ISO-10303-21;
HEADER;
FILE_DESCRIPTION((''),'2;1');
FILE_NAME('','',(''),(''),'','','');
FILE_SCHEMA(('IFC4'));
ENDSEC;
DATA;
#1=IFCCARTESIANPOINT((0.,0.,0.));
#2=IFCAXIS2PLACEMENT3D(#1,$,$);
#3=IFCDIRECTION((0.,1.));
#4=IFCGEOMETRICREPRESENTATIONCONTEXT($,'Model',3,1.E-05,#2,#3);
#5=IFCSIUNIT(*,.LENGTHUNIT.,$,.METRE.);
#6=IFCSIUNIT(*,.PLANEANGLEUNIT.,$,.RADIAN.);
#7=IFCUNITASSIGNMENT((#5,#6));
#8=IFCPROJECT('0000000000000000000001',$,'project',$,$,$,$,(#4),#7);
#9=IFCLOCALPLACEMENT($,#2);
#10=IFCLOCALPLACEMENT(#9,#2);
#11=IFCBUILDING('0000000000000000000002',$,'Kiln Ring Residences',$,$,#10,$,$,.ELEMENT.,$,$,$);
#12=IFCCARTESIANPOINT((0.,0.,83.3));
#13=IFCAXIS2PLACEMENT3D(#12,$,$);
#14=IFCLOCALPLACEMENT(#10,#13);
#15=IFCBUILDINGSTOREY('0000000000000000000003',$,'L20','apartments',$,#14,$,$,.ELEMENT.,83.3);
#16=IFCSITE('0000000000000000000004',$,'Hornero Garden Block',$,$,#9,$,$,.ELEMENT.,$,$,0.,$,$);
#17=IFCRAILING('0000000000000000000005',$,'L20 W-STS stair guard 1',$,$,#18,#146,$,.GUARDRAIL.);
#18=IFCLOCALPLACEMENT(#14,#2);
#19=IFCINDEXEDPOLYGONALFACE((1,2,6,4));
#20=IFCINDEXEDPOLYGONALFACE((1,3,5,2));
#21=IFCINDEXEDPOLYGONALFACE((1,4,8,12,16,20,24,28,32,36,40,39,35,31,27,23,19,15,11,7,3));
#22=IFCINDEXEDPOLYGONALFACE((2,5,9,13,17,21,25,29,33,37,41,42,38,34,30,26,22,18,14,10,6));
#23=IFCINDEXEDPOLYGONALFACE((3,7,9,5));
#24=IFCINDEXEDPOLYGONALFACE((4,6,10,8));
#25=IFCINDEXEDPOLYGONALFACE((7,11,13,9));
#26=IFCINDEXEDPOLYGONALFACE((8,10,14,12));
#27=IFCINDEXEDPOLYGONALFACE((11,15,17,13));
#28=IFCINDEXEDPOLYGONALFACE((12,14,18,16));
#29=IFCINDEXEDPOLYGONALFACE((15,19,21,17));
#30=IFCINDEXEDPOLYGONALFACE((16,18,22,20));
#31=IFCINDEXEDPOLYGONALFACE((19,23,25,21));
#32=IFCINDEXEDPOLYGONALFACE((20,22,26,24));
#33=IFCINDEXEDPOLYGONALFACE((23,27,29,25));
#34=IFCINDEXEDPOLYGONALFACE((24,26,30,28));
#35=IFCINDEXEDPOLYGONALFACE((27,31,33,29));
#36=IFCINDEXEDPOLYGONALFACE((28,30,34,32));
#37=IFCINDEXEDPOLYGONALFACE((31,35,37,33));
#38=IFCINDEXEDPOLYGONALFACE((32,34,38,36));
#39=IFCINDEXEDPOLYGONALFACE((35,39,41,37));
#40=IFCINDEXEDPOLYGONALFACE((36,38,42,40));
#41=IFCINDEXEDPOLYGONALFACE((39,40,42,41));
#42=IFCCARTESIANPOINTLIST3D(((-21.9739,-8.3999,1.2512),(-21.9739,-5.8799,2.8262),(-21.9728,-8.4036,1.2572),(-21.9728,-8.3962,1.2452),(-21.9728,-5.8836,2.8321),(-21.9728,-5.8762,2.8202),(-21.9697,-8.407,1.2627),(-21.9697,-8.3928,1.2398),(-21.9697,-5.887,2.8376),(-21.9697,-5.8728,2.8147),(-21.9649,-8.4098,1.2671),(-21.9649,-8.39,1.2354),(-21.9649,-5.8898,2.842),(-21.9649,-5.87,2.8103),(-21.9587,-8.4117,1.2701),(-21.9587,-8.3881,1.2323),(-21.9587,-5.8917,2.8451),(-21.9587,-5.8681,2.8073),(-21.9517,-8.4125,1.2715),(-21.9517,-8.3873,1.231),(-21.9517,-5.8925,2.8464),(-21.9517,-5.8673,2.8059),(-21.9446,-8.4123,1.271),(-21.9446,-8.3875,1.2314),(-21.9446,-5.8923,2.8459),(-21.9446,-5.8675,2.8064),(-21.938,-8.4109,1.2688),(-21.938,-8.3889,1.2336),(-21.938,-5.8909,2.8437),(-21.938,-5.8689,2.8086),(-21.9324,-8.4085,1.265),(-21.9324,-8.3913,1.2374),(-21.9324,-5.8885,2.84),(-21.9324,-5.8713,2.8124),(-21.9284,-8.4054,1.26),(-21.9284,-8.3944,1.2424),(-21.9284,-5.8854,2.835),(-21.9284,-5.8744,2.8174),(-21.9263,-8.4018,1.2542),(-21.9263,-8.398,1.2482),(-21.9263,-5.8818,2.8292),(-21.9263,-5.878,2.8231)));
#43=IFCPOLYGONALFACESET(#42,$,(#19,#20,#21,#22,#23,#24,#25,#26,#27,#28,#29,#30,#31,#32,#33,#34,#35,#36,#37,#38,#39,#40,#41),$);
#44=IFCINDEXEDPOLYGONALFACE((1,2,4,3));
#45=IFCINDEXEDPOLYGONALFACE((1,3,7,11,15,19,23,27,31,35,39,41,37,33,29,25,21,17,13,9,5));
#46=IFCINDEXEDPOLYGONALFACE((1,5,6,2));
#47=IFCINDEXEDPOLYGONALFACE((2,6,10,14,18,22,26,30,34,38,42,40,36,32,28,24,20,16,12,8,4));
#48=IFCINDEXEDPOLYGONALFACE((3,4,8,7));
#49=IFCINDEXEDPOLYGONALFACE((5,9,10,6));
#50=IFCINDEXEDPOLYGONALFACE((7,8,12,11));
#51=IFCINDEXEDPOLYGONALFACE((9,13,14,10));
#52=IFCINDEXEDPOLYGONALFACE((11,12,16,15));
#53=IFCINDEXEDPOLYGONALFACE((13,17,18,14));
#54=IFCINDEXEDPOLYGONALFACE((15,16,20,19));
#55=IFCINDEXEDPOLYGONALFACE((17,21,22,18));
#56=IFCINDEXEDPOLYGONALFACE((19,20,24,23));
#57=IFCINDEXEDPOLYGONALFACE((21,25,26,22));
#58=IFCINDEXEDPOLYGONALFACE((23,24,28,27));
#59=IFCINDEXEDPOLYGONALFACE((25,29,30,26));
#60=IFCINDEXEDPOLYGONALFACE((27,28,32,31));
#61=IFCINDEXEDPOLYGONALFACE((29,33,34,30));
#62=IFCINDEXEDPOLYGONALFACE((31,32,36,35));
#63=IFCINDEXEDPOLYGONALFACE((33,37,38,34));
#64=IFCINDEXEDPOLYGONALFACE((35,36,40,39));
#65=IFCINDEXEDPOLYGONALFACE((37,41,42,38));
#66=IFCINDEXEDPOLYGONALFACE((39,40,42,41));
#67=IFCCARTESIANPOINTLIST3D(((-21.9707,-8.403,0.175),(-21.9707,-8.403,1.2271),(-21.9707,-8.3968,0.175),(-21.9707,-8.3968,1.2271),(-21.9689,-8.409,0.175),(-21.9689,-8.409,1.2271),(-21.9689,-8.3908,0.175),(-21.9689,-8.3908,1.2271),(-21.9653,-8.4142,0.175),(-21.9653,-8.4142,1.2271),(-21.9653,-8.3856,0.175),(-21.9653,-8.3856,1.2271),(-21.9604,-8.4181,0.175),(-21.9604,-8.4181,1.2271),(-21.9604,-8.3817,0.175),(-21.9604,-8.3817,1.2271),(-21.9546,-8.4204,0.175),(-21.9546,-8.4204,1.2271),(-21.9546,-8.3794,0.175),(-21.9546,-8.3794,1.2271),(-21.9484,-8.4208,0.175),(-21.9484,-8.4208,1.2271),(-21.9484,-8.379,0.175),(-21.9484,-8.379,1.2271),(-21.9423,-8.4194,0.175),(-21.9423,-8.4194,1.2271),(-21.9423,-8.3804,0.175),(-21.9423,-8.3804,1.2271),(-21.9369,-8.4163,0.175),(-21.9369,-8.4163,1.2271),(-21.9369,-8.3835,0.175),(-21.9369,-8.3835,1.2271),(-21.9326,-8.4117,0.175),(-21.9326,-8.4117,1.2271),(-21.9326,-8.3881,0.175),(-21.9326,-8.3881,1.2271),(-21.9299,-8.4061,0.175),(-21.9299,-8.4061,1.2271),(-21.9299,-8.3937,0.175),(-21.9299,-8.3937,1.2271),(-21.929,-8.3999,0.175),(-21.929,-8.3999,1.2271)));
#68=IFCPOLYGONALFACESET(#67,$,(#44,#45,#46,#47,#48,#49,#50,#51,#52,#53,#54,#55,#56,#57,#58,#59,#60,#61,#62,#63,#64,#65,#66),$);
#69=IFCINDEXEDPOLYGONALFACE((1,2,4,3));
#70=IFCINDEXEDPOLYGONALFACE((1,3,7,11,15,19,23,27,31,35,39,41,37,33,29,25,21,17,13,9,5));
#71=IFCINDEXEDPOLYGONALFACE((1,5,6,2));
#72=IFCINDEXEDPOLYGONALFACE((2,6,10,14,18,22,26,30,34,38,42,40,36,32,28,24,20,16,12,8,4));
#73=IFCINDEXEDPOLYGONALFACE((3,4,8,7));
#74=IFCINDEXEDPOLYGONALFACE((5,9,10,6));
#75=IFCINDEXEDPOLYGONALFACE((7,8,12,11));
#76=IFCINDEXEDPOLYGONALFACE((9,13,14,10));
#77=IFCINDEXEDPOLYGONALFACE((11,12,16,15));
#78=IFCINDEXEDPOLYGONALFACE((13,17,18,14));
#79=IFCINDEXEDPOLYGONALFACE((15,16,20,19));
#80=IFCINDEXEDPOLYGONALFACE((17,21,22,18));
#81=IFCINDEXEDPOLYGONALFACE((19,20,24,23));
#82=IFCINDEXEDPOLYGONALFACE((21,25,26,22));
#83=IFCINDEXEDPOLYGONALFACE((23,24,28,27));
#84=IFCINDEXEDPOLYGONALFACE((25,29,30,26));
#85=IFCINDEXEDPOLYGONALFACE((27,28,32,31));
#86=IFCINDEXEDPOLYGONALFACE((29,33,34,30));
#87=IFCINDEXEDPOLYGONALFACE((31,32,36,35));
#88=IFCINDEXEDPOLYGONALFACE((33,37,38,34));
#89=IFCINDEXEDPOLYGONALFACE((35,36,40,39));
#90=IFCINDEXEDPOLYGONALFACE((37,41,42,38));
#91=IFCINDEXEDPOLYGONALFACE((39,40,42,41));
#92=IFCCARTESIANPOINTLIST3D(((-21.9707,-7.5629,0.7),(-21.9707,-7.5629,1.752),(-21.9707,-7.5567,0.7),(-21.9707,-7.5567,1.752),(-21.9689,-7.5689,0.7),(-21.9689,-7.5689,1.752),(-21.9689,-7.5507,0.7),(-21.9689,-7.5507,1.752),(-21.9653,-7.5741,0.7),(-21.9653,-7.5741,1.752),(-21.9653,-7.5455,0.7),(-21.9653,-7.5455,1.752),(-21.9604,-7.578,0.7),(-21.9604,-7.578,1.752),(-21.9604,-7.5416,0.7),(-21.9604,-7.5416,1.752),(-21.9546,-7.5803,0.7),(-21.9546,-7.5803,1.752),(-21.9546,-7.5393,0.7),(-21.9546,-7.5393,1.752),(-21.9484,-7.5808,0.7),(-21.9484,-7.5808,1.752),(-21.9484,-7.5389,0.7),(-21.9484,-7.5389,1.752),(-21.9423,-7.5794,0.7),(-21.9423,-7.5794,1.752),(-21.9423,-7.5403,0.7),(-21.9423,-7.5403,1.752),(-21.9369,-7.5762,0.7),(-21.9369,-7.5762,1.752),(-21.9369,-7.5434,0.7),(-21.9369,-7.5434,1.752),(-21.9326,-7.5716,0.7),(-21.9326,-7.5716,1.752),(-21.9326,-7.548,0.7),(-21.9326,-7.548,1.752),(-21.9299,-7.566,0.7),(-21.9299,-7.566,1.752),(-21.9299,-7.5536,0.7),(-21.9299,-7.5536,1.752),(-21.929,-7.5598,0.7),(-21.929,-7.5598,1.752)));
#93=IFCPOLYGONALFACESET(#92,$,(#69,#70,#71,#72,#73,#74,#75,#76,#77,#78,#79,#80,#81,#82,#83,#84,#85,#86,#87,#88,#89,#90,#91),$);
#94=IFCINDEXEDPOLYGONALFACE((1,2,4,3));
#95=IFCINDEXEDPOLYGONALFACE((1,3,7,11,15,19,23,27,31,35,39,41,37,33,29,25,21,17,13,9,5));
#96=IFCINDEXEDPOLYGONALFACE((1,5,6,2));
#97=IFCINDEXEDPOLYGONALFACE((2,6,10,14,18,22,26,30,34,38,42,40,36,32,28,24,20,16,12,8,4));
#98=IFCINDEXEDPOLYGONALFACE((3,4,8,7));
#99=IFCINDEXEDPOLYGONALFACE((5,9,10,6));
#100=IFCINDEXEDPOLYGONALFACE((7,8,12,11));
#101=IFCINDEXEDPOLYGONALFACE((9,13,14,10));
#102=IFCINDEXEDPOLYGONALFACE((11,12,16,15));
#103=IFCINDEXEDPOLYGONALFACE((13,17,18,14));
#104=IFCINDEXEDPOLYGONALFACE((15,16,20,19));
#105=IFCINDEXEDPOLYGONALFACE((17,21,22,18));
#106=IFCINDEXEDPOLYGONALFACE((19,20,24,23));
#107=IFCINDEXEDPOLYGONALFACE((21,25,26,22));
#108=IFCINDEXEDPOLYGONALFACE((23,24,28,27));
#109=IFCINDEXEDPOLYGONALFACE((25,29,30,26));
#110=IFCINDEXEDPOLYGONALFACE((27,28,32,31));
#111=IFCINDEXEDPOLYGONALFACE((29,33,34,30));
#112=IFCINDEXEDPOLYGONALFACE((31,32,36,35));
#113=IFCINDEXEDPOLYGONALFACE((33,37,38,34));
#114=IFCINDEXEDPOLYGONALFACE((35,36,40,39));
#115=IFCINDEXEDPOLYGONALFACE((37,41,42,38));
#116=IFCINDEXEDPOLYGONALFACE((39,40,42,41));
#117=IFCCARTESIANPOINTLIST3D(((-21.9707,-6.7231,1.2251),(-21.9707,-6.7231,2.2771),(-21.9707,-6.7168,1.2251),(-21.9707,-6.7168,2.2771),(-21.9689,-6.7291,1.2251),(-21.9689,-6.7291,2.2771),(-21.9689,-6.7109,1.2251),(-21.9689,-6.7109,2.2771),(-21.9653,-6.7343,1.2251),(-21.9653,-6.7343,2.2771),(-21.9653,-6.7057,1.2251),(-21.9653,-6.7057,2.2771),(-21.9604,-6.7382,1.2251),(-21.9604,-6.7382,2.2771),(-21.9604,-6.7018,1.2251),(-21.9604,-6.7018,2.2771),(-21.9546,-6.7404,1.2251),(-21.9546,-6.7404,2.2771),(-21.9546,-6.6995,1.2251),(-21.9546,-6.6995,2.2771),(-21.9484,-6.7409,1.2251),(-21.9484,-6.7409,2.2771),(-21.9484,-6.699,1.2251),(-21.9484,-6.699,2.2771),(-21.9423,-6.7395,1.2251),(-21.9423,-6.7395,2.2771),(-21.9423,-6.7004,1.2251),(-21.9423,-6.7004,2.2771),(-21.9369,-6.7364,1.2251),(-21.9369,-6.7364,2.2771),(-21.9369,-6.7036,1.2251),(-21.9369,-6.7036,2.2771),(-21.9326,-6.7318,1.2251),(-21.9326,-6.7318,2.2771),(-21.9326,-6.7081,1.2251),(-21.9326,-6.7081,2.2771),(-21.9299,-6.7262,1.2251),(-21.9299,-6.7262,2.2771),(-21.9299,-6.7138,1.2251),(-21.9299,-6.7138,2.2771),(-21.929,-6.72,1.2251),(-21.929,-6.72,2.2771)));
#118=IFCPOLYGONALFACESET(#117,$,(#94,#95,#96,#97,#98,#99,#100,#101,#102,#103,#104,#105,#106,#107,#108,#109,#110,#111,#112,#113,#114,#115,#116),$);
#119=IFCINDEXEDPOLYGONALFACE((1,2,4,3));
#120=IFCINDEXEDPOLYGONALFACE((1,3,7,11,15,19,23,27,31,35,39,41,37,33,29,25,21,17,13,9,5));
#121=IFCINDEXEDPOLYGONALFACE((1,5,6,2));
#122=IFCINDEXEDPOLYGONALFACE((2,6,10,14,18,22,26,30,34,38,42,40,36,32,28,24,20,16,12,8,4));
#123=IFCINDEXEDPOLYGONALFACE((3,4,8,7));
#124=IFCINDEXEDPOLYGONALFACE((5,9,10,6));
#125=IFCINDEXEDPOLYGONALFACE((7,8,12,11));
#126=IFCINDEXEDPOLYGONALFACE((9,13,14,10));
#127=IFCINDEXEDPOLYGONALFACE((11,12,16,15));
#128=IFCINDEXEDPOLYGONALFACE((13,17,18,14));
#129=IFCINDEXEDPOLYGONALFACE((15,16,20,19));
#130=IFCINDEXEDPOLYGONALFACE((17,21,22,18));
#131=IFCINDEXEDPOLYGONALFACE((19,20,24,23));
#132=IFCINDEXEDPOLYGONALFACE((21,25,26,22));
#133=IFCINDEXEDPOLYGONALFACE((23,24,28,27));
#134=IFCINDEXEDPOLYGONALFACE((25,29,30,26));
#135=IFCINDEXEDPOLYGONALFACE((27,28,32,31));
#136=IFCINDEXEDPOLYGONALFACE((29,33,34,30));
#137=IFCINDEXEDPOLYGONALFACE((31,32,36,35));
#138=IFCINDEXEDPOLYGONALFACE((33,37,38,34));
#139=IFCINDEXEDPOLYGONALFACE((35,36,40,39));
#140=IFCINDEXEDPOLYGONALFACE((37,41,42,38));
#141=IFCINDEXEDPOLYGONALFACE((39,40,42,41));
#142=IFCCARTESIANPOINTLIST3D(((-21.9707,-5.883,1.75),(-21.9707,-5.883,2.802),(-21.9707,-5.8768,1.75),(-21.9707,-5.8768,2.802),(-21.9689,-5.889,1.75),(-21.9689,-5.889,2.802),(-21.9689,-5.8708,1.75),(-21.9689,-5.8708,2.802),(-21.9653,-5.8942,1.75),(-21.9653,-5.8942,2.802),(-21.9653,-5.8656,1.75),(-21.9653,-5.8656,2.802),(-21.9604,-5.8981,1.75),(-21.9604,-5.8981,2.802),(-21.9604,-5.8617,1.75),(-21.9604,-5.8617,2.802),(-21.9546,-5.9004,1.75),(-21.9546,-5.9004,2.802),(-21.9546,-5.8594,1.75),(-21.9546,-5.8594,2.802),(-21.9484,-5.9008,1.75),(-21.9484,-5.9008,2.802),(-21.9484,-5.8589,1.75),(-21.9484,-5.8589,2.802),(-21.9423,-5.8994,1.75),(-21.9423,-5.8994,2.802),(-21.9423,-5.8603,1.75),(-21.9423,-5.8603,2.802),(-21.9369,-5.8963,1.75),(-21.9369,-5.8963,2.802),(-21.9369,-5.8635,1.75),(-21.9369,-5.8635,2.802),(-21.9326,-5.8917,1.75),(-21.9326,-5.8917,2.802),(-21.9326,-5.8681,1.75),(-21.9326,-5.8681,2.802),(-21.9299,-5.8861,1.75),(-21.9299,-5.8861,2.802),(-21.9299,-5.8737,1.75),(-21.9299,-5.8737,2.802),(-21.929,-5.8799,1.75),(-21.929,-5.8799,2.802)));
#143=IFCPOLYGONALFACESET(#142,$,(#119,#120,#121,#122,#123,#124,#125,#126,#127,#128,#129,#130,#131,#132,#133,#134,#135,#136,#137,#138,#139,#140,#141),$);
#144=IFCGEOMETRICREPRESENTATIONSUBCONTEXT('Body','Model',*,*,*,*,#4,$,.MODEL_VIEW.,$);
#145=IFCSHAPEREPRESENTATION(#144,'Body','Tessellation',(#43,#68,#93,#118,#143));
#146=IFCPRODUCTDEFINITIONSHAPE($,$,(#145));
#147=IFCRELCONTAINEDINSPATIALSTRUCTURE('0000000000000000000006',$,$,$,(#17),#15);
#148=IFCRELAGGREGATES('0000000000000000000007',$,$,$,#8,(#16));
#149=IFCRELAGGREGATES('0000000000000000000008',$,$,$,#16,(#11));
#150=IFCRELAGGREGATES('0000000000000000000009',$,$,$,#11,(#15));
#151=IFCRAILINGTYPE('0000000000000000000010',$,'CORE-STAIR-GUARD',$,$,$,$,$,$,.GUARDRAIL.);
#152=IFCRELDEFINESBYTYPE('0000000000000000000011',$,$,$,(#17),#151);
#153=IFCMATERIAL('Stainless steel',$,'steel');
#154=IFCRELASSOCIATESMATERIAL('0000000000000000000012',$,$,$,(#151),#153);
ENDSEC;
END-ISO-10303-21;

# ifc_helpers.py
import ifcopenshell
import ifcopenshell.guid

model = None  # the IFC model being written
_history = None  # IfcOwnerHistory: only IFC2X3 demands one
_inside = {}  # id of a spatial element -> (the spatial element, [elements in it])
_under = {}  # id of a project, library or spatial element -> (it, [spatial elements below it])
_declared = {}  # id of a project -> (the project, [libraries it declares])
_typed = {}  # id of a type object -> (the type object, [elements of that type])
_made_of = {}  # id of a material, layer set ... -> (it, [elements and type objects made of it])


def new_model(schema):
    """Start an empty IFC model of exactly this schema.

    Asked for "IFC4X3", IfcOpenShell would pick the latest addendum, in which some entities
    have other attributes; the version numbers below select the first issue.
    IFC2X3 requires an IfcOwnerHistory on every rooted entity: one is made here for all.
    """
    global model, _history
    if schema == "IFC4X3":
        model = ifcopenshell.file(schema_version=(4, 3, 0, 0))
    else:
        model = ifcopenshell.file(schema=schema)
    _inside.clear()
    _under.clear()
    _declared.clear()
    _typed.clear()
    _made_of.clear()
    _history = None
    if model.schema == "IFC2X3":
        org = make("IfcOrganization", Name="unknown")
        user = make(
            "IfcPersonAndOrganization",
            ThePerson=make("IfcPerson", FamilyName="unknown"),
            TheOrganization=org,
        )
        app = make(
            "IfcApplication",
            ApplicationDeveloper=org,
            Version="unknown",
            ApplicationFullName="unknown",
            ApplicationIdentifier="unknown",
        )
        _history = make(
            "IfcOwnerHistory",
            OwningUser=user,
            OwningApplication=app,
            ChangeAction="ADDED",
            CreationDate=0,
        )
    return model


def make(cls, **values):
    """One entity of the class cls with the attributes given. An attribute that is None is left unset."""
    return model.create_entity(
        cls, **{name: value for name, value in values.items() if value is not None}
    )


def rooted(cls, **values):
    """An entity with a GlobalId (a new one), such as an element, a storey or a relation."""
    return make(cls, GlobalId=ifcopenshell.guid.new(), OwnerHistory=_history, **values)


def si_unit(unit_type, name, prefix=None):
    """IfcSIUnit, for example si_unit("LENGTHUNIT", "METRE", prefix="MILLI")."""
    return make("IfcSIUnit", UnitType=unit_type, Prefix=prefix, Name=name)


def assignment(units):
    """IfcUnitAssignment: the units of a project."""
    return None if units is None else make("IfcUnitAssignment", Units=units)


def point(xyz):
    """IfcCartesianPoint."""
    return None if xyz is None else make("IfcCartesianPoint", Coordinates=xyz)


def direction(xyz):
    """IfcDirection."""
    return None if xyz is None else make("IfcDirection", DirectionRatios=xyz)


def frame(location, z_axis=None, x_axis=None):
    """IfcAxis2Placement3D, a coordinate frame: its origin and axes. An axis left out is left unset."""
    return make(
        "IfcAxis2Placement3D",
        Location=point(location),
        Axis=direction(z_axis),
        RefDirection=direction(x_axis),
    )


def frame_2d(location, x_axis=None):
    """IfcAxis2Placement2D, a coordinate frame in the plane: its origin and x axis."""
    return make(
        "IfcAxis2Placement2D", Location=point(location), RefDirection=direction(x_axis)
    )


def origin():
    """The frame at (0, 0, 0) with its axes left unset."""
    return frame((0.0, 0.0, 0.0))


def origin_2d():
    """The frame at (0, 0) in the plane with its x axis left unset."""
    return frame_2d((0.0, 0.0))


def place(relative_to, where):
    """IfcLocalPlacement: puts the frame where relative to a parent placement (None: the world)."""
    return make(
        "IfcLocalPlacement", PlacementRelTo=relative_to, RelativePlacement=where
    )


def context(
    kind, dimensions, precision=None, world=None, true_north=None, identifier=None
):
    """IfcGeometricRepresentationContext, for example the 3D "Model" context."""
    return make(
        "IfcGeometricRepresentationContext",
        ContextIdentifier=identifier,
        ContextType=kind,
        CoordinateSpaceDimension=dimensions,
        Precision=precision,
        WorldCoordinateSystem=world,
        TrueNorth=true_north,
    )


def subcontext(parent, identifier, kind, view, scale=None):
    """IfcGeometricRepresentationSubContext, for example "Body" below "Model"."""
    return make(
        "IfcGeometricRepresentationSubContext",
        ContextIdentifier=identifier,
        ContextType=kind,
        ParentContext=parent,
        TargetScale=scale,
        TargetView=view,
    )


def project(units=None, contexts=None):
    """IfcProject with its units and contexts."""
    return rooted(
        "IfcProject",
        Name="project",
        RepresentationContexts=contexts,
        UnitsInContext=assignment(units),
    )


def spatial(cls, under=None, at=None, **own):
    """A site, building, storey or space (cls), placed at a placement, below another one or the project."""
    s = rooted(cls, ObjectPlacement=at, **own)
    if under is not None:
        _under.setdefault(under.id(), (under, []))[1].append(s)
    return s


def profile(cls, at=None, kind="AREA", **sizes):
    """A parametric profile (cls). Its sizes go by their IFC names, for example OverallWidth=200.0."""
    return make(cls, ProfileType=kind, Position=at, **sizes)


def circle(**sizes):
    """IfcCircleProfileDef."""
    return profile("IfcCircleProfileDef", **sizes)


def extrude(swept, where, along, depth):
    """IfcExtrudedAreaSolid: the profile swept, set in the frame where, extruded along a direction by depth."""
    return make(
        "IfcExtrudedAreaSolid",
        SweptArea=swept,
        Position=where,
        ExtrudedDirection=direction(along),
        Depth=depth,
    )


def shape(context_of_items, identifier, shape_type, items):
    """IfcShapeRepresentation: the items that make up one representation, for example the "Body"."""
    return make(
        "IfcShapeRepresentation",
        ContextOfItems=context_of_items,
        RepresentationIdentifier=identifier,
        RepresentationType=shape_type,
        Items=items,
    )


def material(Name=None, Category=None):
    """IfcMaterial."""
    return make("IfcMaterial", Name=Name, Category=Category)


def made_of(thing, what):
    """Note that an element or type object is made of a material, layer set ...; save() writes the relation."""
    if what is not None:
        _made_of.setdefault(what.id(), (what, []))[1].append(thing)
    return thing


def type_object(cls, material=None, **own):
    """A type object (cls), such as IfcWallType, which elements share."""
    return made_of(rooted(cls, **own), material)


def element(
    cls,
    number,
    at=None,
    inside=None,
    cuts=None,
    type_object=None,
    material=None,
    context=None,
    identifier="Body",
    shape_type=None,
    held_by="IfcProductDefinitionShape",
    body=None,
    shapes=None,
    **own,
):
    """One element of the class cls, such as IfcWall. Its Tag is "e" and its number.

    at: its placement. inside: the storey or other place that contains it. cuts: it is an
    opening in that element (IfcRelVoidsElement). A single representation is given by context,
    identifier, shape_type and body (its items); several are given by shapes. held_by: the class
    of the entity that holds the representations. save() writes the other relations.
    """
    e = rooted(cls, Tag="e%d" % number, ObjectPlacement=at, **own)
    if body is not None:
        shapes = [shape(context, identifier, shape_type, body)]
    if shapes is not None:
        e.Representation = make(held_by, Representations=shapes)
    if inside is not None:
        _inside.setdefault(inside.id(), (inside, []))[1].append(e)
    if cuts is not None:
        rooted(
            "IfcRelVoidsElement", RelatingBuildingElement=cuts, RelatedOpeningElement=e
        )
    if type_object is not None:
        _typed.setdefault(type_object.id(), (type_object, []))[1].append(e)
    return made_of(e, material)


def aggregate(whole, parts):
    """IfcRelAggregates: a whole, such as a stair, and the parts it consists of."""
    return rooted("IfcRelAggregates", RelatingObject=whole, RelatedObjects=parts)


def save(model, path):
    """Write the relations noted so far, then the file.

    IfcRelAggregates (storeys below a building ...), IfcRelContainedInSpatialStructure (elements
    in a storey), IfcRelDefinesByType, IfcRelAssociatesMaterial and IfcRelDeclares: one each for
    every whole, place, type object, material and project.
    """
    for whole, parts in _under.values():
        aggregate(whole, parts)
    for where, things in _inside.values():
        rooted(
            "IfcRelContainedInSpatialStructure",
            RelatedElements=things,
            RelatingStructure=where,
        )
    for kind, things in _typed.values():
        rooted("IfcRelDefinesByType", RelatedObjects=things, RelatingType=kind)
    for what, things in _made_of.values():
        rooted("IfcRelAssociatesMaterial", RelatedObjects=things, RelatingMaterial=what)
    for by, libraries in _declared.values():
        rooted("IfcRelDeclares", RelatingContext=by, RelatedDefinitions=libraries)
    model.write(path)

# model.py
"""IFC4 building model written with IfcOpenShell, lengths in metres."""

from ifc_helpers import new_model, si_unit, direction, frame, origin, origin_2d, place, context, subcontext, project, spatial, circle, extrude, material, type_object, element, save


model = new_model("IFC4")

# Units and contexts
model_context = context("Model", 3, precision=1e-05, world=origin(), true_north=direction((0.0, 1.0)))
body_context = subcontext(model_context, "Body", "Model", "MODEL_VIEW")
ifc_project = project(units=[si_unit("LENGTHUNIT", "METRE"), si_unit("PLANEANGLEUNIT", "RADIAN")], contexts=[model_context])

# Site, building, storey
site_placement = place(None, origin())
site = spatial("IfcSite", under=ifc_project, at=site_placement, Name="Hornero Garden Block", CompositionType="ELEMENT", RefElevation=0.0)
building_placement = place(site_placement, origin())
building = spatial("IfcBuilding", under=site, at=building_placement, Name="Kiln Ring Residences", CompositionType="ELEMENT")
storey_placement = place(building_placement, frame((0.0, 0.0, 83.3)))
storey = spatial("IfcBuildingStorey", under=building, at=storey_placement, Name="L20", Description="apartments", CompositionType="ELEMENT", Elevation=83.3)

# Railing
ifc_material_1 = material(Name="Stainless steel", Category="steel")
railing_type_1 = type_object("IfcRailingType", Name="CORE-STAIR-GUARD", PredefinedType="GUARDRAIL", material=ifc_material_1)
railing_1_placement = place(storey_placement, frame((-21.95, -8.3999, 0.175)))
element("IfcRailing", 1, at=railing_1_placement, inside=storey, type_object=railing_type_1, Name="L20 W-STS stair guard 1", PredefinedType="GUARDRAIL", context=body_context, shape_type="SweptSolid", body=[
    extrude(circle(Radius=0.0239, at=origin_2d()), frame((0.0, 0.0, 1.0762), z_axis=(0.0, 0.848008, 0.529984), x_axis=(-1.0, 0.0, 0.0)), (0.0, 0.0, 1.0), 2.9717),
    extrude(circle(Radius=0.021, at=origin_2d()), origin(), (0.0, 0.0, 1.0), 1.052),
    extrude(circle(Radius=0.021, at=origin_2d()), frame((0.0, 0.8401, 0.5249)), (0.0, 0.0, 1.0), 1.052),
    extrude(circle(Radius=0.021, at=origin_2d()), frame((0.0, 1.6799, 1.05)), (0.0, 0.0, 1.0), 1.052),
    extrude(circle(Radius=0.021, at=origin_2d()), frame((0.0, 2.52, 1.575)), (0.0, 0.0, 1.0), 1.052),
])

save(model, "model.ifc")
